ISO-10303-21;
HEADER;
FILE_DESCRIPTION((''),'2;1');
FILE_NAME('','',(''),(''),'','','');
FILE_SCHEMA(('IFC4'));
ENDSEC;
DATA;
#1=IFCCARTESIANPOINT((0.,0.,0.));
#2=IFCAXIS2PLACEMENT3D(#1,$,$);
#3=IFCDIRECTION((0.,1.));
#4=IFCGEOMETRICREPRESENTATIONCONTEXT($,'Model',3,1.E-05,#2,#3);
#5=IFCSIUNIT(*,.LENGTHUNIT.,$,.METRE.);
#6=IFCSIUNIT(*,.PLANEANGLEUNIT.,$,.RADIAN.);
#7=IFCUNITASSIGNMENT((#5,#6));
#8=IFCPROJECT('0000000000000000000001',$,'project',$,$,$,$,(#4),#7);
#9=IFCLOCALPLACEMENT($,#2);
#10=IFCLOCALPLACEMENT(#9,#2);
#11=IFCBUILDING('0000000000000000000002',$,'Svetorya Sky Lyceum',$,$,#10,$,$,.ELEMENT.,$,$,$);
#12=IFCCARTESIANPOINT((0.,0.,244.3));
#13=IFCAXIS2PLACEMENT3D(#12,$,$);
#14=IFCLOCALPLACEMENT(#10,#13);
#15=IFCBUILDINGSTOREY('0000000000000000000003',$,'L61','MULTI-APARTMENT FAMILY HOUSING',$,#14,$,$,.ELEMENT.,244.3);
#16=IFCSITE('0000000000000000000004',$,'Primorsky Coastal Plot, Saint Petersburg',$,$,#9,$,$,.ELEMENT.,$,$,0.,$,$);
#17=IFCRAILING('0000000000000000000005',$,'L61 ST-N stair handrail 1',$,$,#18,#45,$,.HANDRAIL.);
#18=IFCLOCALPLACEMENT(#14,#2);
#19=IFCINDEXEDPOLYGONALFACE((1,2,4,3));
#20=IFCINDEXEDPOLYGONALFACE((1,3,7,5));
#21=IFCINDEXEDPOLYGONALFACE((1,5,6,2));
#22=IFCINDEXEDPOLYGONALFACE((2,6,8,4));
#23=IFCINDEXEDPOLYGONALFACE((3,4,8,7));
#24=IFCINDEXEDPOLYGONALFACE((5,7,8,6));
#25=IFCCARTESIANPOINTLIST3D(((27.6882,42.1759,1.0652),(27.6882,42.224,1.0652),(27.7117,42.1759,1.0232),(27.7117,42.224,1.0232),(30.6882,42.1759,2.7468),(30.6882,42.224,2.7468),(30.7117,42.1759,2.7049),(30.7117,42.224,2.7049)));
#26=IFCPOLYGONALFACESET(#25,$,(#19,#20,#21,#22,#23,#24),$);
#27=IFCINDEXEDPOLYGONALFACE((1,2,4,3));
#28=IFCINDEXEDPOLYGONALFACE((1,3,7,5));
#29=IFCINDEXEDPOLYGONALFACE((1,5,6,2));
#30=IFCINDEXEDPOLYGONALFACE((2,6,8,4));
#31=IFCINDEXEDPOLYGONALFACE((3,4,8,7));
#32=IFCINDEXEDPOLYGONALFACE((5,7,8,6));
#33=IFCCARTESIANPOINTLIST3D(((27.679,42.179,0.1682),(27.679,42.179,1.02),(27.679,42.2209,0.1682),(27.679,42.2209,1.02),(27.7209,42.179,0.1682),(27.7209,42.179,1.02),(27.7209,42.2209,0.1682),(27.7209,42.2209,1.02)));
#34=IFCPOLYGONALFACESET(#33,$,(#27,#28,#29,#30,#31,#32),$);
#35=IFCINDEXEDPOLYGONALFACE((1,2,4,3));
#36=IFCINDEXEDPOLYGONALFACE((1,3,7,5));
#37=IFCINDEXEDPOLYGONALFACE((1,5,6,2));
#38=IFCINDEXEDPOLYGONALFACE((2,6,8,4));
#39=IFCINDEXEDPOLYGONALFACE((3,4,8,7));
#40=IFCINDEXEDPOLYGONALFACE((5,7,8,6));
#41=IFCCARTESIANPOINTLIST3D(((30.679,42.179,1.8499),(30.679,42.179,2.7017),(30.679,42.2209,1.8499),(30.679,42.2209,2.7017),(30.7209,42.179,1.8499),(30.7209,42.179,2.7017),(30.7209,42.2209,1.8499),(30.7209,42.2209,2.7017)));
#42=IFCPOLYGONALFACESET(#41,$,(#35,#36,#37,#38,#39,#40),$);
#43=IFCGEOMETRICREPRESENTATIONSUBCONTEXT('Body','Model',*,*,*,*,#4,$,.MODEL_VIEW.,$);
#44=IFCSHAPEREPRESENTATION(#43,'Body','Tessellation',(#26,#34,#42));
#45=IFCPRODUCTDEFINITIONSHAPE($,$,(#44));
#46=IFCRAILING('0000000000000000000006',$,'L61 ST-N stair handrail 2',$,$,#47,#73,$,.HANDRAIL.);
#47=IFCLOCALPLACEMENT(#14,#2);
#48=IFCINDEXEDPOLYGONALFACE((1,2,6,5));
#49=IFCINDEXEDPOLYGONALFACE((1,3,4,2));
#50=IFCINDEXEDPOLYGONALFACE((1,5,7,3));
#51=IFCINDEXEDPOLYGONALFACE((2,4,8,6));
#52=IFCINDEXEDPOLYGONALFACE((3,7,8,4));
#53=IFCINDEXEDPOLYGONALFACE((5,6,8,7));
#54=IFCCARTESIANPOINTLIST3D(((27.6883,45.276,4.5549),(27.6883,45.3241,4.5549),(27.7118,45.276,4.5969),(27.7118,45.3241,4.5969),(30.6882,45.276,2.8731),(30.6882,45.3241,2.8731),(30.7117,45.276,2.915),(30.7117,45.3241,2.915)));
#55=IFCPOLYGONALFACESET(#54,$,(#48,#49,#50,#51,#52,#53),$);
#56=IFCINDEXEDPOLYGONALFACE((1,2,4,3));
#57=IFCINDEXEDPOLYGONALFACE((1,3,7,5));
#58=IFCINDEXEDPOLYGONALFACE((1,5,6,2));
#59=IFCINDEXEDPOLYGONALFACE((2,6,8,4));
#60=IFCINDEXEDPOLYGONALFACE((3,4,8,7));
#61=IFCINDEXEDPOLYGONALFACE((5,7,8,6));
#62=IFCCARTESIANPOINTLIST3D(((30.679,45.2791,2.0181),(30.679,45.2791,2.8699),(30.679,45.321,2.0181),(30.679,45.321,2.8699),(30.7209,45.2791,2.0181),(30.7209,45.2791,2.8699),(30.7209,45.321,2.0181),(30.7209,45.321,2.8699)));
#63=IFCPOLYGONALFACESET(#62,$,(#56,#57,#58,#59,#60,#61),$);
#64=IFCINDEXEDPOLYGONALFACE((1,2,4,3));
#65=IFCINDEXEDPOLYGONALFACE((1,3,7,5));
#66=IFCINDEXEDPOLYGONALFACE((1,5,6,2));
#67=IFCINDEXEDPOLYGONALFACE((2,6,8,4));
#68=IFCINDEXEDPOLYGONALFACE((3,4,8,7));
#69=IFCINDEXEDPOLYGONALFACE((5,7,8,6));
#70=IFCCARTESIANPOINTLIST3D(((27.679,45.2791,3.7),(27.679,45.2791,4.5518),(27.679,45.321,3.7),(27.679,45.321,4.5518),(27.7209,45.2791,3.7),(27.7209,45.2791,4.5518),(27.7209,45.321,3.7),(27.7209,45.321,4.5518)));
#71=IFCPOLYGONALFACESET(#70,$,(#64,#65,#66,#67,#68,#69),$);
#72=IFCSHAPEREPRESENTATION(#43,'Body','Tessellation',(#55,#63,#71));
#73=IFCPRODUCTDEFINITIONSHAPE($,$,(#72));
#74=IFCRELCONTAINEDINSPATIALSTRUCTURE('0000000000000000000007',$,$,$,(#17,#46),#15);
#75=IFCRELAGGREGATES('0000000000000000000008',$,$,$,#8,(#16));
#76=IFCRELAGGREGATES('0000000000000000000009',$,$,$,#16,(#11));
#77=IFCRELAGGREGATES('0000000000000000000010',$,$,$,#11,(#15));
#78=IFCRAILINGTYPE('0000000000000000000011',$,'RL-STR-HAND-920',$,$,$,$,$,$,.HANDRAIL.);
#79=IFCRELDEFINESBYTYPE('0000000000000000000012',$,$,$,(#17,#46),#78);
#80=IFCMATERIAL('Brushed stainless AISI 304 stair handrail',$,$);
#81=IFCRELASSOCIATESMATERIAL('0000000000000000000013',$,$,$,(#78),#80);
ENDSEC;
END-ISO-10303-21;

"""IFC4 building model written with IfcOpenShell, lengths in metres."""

from ifc_helpers import new_model, si_unit, direction, frame, origin, origin_2d, place, context, subcontext, project, spatial, rectangle, extrude, material, type_object, element, save


model = new_model("IFC4")

# Units and contexts
model_context = context("Model", 3, precision=1e-05, world=origin(), true_north=direction((0.0, 1.0)))
body_context = subcontext(model_context, "Body", "Model", "MODEL_VIEW")
ifc_project = project(units=[si_unit("LENGTHUNIT", "METRE"), si_unit("PLANEANGLEUNIT", "RADIAN")], contexts=[model_context])

# Site, building, storey
site_placement = place(None, origin())
site = spatial("IfcSite", under=ifc_project, at=site_placement, Name="Primorsky Coastal Plot, Saint Petersburg", CompositionType="ELEMENT", RefElevation=0.0)
building_placement = place(site_placement, origin())
building = spatial("IfcBuilding", under=site, at=building_placement, Name="Svetorya Sky Lyceum", CompositionType="ELEMENT")
storey_placement = place(building_placement, frame((0.0, 0.0, 244.3)))
storey = spatial("IfcBuildingStorey", under=building, at=storey_placement, Name="L61", Description="MULTI-APARTMENT FAMILY HOUSING", CompositionType="ELEMENT", Elevation=244.3)

# Railings
ifc_material_1 = material(Name="Brushed stainless AISI 304 stair handrail")
railing_type_1 = type_object("IfcRailingType", Name="RL-STR-HAND-920", PredefinedType="HANDRAIL", material=ifc_material_1)
railing_1_placement = place(storey_placement, frame((27.7, 42.2, 0.1682)))
element("IfcRailing", 1, at=railing_1_placement, inside=storey, type_object=railing_type_1, Name="L61 ST-N stair handrail 1", PredefinedType="HANDRAIL", context=body_context, shape_type="SweptSolid", body=[
    extrude(rectangle(XDim=0.0481, YDim=0.0481, at=origin_2d()), frame((0.0, 0.0, 0.876), z_axis=(0.872303, 0.0, 0.488966), x_axis=(0.0, 1.0, 0.0)), (0.0, 0.0, 1.0), 3.4392),
    extrude(rectangle(XDim=0.042, YDim=0.042, at=origin_2d()), origin(), (0.0, 0.0, 1.0), 0.8518),
    extrude(rectangle(XDim=0.042, YDim=0.042, at=origin_2d()), frame((3.0, 0.0, 1.6816)), (0.0, 0.0, 1.0), 0.8518),
])
railing_2_placement = place(storey_placement, frame((30.7, 45.3, 2.0181)))
element("IfcRailing", 2, at=railing_2_placement, inside=storey, type_object=railing_type_1, Name="L61 ST-N stair handrail 2", PredefinedType="HANDRAIL", context=body_context, shape_type="SweptSolid", body=[
    extrude(rectangle(XDim=0.0481, YDim=0.0481, at=origin_2d()), frame((0.0, 0.0, 0.876), z_axis=(-0.872272, 0.0, 0.48902), x_axis=(0.0, -1.0, 0.0)), (0.0, 0.0, 1.0), 3.4392),
    extrude(rectangle(XDim=0.042, YDim=0.042, at=origin_2d()), origin(), (0.0, 0.0, 1.0), 0.8518),
    extrude(rectangle(XDim=0.042, YDim=0.042, at=origin_2d()), frame((-3.0, 0.0, 1.6819)), (0.0, 0.0, 1.0), 0.8518),
])

save(model, "model.ifc")
